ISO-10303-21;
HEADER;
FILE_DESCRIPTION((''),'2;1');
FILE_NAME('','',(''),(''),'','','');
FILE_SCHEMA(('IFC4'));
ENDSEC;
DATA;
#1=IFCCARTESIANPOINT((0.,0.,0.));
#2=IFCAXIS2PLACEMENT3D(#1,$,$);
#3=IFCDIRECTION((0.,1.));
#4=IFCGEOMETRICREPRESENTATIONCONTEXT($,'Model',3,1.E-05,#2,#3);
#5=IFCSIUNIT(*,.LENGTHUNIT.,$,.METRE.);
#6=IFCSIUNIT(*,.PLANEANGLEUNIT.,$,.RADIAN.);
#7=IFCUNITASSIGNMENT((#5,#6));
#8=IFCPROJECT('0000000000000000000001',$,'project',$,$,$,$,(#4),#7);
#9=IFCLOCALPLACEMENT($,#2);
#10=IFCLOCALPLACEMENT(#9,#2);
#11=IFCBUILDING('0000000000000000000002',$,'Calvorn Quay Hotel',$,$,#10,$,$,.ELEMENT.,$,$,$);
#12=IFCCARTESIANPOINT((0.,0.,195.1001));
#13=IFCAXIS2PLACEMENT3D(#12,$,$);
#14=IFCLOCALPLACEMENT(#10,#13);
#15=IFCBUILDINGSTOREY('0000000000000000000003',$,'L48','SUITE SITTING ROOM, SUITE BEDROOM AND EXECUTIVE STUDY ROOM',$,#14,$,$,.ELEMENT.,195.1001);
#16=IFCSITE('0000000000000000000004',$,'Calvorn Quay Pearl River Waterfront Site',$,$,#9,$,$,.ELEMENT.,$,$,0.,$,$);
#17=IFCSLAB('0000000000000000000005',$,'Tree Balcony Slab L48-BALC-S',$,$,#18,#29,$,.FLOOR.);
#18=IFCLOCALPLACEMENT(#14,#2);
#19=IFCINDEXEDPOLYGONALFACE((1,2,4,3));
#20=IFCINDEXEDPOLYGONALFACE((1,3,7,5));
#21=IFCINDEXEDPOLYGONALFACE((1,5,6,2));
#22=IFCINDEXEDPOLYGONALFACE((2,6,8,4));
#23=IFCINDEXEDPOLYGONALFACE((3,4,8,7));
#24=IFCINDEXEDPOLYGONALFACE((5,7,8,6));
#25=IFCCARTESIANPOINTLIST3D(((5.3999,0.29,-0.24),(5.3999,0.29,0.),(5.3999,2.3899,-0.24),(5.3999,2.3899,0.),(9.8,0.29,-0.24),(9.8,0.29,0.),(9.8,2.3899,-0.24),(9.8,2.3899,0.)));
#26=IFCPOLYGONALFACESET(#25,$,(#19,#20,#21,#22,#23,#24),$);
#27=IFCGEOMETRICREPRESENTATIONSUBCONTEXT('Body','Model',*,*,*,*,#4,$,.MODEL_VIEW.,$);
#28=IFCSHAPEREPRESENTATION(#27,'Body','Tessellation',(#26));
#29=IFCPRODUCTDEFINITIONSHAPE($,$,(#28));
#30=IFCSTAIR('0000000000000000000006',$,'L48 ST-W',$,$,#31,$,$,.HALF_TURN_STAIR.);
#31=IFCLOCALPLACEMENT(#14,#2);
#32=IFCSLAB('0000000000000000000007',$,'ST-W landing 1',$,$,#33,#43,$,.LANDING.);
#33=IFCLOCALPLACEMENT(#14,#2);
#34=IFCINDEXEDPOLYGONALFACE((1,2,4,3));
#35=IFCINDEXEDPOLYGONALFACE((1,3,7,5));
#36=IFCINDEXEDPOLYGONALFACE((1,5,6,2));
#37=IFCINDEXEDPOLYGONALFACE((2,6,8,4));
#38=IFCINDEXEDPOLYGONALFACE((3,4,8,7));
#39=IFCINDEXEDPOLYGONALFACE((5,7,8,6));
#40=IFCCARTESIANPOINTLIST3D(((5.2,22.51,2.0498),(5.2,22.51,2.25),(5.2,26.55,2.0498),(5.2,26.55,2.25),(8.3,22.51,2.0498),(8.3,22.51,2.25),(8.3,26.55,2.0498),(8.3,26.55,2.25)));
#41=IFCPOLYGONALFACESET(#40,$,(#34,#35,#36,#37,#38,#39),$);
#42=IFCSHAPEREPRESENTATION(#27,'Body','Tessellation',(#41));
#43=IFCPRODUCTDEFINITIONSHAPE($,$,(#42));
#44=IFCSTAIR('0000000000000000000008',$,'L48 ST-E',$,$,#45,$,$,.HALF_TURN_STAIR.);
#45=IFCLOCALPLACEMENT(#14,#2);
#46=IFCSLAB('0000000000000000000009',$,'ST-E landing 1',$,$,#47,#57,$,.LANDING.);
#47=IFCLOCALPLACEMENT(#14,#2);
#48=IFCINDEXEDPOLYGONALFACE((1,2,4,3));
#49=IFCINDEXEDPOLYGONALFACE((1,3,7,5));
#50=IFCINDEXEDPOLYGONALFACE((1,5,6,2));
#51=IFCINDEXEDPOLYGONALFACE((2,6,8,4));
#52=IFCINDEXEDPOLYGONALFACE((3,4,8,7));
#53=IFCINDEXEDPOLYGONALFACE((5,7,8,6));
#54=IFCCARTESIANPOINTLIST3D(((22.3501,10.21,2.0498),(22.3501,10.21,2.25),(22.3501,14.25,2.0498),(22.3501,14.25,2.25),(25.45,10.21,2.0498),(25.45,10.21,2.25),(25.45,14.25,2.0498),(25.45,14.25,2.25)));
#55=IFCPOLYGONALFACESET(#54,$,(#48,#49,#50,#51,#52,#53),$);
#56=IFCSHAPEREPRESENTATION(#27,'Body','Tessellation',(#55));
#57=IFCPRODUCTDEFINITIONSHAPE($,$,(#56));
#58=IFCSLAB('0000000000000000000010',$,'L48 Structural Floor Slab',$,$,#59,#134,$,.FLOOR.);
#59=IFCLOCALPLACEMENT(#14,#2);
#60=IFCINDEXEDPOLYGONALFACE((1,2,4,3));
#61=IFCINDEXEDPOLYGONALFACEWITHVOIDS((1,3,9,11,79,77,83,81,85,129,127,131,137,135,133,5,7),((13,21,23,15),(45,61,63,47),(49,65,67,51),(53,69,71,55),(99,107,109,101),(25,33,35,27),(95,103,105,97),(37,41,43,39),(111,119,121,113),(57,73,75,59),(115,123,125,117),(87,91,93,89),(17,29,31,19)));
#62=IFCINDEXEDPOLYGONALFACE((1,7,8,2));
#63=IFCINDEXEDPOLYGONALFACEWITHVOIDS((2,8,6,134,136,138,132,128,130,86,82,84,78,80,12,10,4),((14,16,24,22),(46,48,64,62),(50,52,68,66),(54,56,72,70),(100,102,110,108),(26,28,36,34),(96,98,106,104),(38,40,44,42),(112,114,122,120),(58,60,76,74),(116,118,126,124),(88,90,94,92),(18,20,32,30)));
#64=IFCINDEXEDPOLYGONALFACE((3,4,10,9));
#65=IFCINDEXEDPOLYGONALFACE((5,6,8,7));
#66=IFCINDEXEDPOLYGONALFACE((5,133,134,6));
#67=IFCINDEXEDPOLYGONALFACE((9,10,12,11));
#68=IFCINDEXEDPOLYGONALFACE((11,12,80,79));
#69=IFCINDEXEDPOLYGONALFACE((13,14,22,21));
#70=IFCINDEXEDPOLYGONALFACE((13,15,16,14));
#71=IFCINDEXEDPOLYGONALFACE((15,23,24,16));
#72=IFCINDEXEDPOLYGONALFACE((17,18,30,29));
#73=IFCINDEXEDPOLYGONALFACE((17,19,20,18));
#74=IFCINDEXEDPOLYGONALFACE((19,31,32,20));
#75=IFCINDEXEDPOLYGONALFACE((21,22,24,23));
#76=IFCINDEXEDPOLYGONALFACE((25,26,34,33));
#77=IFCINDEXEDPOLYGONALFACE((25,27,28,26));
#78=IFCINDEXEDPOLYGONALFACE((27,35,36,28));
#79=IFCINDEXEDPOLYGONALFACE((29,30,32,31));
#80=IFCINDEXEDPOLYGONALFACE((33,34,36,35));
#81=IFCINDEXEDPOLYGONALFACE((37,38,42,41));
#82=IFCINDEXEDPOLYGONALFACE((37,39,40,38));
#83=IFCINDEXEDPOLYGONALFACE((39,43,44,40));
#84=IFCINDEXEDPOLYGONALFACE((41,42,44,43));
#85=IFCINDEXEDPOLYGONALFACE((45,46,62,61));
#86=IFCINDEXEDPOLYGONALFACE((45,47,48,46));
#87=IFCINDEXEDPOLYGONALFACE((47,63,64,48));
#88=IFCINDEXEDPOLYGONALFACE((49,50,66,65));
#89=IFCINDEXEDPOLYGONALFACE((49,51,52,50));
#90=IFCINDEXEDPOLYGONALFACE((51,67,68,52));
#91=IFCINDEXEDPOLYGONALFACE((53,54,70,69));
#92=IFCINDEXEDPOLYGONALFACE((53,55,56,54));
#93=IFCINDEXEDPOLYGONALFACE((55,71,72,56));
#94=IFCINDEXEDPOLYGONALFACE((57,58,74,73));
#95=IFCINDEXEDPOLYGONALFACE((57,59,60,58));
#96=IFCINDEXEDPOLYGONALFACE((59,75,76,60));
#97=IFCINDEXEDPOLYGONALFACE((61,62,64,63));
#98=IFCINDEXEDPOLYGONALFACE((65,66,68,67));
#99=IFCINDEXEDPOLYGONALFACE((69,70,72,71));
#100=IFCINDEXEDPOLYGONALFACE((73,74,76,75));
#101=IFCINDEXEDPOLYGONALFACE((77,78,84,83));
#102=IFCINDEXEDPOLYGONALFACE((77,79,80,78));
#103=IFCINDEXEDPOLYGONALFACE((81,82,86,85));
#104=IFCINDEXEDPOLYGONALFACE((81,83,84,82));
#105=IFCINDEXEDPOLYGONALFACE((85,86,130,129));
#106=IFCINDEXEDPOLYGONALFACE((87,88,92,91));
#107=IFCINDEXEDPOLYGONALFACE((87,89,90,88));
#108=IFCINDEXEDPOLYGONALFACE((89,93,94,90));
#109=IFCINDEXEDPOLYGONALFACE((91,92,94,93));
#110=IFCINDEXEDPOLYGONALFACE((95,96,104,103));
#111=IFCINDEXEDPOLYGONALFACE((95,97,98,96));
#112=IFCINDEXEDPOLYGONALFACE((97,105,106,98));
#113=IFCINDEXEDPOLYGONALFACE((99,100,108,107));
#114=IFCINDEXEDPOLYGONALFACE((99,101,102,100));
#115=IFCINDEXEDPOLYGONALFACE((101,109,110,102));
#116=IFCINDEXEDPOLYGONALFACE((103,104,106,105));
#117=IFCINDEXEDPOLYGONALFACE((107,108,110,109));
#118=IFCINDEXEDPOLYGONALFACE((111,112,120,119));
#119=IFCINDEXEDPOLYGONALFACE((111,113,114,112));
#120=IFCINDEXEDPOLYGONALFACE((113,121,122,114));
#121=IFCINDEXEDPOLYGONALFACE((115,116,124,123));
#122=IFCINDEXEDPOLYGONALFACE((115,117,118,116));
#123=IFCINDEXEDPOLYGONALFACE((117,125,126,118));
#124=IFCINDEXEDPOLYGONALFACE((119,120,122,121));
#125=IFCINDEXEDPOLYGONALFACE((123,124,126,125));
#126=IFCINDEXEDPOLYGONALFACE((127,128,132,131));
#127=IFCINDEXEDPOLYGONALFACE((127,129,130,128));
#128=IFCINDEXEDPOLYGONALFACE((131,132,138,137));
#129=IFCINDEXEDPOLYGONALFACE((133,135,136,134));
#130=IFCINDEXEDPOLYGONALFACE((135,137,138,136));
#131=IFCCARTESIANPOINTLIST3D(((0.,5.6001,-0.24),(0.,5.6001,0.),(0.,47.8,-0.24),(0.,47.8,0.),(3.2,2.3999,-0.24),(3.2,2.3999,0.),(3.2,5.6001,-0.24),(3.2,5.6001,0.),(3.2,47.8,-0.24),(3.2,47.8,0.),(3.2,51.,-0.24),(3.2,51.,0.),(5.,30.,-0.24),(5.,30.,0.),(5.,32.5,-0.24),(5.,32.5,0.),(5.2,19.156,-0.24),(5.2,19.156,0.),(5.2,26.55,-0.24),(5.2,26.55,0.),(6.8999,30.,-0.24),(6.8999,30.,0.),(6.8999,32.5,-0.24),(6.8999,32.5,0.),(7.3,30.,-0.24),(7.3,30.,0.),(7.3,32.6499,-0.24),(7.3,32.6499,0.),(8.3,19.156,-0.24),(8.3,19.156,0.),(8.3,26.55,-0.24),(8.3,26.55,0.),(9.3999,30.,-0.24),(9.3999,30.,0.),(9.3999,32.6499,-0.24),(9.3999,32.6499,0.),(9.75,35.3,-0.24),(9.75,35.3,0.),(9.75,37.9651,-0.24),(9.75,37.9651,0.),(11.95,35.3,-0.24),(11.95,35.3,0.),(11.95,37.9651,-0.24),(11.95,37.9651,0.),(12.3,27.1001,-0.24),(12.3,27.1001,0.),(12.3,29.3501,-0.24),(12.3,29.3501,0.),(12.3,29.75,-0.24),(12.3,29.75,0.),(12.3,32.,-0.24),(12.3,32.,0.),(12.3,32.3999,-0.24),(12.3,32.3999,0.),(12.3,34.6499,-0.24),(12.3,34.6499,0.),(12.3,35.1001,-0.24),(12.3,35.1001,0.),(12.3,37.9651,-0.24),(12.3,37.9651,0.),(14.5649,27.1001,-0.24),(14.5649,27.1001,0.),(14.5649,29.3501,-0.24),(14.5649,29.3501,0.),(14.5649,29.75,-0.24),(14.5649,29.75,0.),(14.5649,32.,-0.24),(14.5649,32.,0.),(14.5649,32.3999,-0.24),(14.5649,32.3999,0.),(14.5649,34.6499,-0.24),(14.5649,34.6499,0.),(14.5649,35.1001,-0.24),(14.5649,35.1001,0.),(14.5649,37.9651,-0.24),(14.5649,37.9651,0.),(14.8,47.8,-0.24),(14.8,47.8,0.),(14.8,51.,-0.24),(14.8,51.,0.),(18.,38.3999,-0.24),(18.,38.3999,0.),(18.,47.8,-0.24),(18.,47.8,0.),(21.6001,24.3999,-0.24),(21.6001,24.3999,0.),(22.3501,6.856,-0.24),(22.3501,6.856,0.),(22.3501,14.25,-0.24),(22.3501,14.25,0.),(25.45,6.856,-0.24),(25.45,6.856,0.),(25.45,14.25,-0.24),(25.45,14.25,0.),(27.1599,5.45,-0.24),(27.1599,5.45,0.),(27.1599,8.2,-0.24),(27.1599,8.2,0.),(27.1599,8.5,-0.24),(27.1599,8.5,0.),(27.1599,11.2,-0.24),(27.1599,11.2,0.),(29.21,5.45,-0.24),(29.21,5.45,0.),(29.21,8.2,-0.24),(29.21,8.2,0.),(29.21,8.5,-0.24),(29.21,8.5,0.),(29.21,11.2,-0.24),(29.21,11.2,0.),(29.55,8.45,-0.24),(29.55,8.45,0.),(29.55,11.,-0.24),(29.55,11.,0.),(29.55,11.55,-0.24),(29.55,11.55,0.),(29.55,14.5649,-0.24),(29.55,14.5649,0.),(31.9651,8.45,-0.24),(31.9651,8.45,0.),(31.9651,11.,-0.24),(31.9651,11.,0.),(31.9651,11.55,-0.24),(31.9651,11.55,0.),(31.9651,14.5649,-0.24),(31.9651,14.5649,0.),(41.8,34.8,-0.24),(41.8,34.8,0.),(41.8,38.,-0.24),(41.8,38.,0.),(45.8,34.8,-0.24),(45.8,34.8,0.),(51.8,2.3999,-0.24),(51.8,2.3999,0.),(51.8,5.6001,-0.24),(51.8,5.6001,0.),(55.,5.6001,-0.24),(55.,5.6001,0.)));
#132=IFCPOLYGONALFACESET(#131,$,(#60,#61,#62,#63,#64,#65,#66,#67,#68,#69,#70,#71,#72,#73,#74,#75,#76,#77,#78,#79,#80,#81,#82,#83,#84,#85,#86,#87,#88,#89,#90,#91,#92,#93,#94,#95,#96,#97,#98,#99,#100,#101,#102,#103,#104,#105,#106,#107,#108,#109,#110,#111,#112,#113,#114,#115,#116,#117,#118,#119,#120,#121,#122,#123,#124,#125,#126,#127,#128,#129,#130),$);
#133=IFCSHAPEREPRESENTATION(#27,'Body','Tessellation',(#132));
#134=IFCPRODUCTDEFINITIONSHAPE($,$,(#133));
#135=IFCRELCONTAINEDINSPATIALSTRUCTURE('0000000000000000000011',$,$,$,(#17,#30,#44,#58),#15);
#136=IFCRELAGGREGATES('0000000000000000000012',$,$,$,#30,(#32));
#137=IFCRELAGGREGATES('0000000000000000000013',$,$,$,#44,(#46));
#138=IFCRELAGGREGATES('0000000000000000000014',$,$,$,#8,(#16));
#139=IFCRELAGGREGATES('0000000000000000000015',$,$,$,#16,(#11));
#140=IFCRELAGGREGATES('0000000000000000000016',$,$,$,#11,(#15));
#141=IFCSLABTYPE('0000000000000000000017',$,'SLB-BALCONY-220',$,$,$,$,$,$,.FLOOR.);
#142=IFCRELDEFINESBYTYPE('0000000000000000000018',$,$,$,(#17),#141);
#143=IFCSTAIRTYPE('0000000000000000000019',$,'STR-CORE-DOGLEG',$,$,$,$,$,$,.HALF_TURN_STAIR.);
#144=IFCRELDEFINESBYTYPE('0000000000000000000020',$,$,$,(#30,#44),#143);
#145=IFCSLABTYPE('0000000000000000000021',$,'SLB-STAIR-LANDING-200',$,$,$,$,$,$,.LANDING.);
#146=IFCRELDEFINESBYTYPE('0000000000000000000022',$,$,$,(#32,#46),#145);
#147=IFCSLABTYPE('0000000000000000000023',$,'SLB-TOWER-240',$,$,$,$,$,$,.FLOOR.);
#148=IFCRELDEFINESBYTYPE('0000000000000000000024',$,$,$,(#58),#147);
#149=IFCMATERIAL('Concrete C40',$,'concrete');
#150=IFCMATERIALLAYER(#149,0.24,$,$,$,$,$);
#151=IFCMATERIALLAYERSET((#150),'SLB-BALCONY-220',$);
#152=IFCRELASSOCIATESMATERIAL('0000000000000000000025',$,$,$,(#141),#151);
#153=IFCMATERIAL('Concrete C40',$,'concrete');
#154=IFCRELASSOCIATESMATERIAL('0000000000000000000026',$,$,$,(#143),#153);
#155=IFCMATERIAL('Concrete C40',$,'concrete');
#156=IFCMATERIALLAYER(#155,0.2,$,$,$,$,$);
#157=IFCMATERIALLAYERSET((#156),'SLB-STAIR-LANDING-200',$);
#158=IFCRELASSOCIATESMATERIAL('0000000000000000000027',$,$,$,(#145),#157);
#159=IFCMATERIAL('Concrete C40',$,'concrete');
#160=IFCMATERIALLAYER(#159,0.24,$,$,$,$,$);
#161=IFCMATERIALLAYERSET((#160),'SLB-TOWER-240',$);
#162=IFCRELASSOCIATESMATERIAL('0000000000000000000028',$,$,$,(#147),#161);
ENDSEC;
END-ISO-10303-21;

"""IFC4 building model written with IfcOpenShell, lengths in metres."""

from ifc_helpers import new_model, si_unit, direction, frame, origin, place, context, subcontext, project, spatial, polyline, outline, extrude, material, layer, layer_set, type_object, element, aggregate, save


model = new_model("IFC4")

# Units and contexts
model_context = context("Model", 3, precision=1e-05, world=origin(), true_north=direction((0.0, 1.0)))
body_context = subcontext(model_context, "Body", "Model", "MODEL_VIEW")
ifc_project = project(units=[si_unit("LENGTHUNIT", "METRE"), si_unit("PLANEANGLEUNIT", "RADIAN")], contexts=[model_context])

# Site, building, storey
site_placement = place(None, origin())
site = spatial("IfcSite", under=ifc_project, at=site_placement, Name="Calvorn Quay Pearl River Waterfront Site", CompositionType="ELEMENT", RefElevation=0.0)
building_placement = place(site_placement, origin())
building = spatial("IfcBuilding", under=site, at=building_placement, Name="Calvorn Quay Hotel", CompositionType="ELEMENT")
storey_placement = place(building_placement, frame((0.0, 0.0, 195.1001)))
storey = spatial("IfcBuildingStorey", under=building, at=storey_placement, Name="L48", Description="SUITE SITTING ROOM, SUITE BEDROOM AND EXECUTIVE STUDY ROOM", CompositionType="ELEMENT", Elevation=195.1001)

# Slab
ifc_material_1 = material(Name="Concrete C40", Category="concrete")
ifc_layer_1 = layer(ifc_material_1, 0.24)
ifc_layer_set_1 = layer_set([ifc_layer_1], Name="SLB-BALCONY-220")
slab_type_1 = type_object("IfcSlabType", Name="SLB-BALCONY-220", PredefinedType="FLOOR", material=ifc_layer_set_1)
slab_1_placement = place(storey_placement, frame((0.0, 0.0, -0.24)))
element("IfcSlab", 1, at=slab_1_placement, inside=storey, type_object=slab_type_1, Name="Tree Balcony Slab L48-BALC-S", PredefinedType="FLOOR", context=body_context, shape_type="SweptSolid", body=[
    extrude(outline(polyline([(5.3999, 0.29), (9.8, 0.29), (9.8, 2.3899), (5.3999, 2.3899), (5.3999, 0.29)])), origin(), (0.0, 0.0, 1.0), 0.24),
])

# Stairs, slabs
ifc_material_2 = material(Name="Concrete C40", Category="concrete")
stair_type = type_object("IfcStairType", Name="STR-CORE-DOGLEG", PredefinedType="HALF_TURN_STAIR", material=ifc_material_2)
stair_1_placement = place(storey_placement, origin())
stair_1 = element("IfcStair", 2, at=stair_1_placement, inside=storey, type_object=stair_type, Name="L48 ST-W", PredefinedType="HALF_TURN_STAIR")
ifc_material_3 = material(Name="Concrete C40", Category="concrete")
ifc_layer_2 = layer(ifc_material_3, 0.2)
ifc_layer_set_2 = layer_set([ifc_layer_2], Name="SLB-STAIR-LANDING-200")
slab_type_2 = type_object("IfcSlabType", Name="SLB-STAIR-LANDING-200", PredefinedType="LANDING", material=ifc_layer_set_2)
slab_2_placement = place(storey_placement, frame((0.0, 0.0, 2.0498)))
slab_2 = element("IfcSlab", 3, at=slab_2_placement, type_object=slab_type_2, Name="ST-W landing 1", PredefinedType="LANDING", context=body_context, shape_type="SweptSolid", body=[
    extrude(outline(polyline([(8.3, 22.51), (8.3, 26.55), (5.2, 26.55), (5.2, 22.51), (8.3, 22.51)])), origin(), (0.0, 0.0, 1.0), 0.2002),
])
aggregate(stair_1, [slab_2])
stair_2_placement = place(storey_placement, origin())
stair_2 = element("IfcStair", 4, at=stair_2_placement, inside=storey, type_object=stair_type, Name="L48 ST-E", PredefinedType="HALF_TURN_STAIR")
slab_3_placement = place(storey_placement, frame((0.0, 0.0, 2.0498)))
slab_3 = element("IfcSlab", 5, at=slab_3_placement, type_object=slab_type_2, Name="ST-E landing 1", PredefinedType="LANDING", context=body_context, shape_type="SweptSolid", body=[
    extrude(outline(polyline([(25.45, 10.21), (25.45, 14.25), (22.3501, 14.25), (22.3501, 10.21), (25.45, 10.21)])), origin(), (0.0, 0.0, 1.0), 0.2002),
])
aggregate(stair_2, [slab_3])

# Slab
ifc_material_4 = material(Name="Concrete C40", Category="concrete")
ifc_layer_3 = layer(ifc_material_4, 0.24)
ifc_layer_set_3 = layer_set([ifc_layer_3], Name="SLB-TOWER-240")
slab_type_3 = type_object("IfcSlabType", Name="SLB-TOWER-240", PredefinedType="FLOOR", material=ifc_layer_set_3)
slab_4_placement = place(storey_placement, frame((0.0, 0.0, -0.24)))
element("IfcSlab", 6, at=slab_4_placement, inside=storey, type_object=slab_type_3, Name="L48 Structural Floor Slab", PredefinedType="FLOOR", context=body_context, shape_type="SweptSolid", body=[
    extrude(outline(polyline([(0.0, 5.6001), (3.2, 5.6001), (3.2, 2.3999), (51.8, 2.3999), (51.8, 5.6001), (55.0, 5.6001), (45.8, 34.8), (41.8, 34.8), (41.8, 38.0), (21.6001, 24.3999), (18.0, 38.3999), (18.0, 47.8), (14.8, 47.8), (14.8, 51.0), (3.2, 51.0), (3.2, 47.8), (0.0, 47.8), (0.0, 5.6001)]), holes=[polyline([(5.2, 19.156), (8.3, 19.156), (8.3, 26.55), (5.2, 26.55), (5.2, 19.156)]), polyline([(22.3501, 6.856), (25.45, 6.856), (25.45, 14.25), (22.3501, 14.25), (22.3501, 6.856)]), polyline([(5.0, 30.0), (6.8999, 30.0), (6.8999, 32.5), (5.0, 32.5), (5.0, 30.0)]), polyline([(7.3, 30.0), (9.3999, 30.0), (9.3999, 32.6499), (7.3, 32.6499), (7.3, 30.0)]), polyline([(27.1599, 8.5), (29.21, 8.5), (29.21, 11.2), (27.1599, 11.2), (27.1599, 8.5)]), polyline([(27.1599, 5.45), (29.21, 5.45), (29.21, 8.2), (27.1599, 8.2), (27.1599, 5.45)]), polyline([(12.3, 27.1001), (14.5649, 27.1001), (14.5649, 29.3501), (12.3, 29.3501), (12.3, 27.1001)]), polyline([(12.3, 29.75), (14.5649, 29.75), (14.5649, 32.0), (12.3, 32.0), (12.3, 29.75)]), polyline([(12.3, 32.3999), (14.5649, 32.3999), (14.5649, 34.6499), (12.3, 34.6499), (12.3, 32.3999)]), polyline([(12.3, 35.1001), (14.5649, 35.1001), (14.5649, 37.9651), (12.3, 37.9651), (12.3, 35.1001)]), polyline([(9.75, 35.3), (11.95, 35.3), (11.95, 37.9651), (9.75, 37.9651), (9.75, 35.3)]), polyline([(29.55, 11.55), (31.9651, 11.55), (31.9651, 14.5649), (29.55, 14.5649), (29.55, 11.55)]), polyline([(29.55, 8.45), (31.9651, 8.45), (31.9651, 11.0), (29.55, 11.0), (29.55, 8.45)])]), origin(), (0.0, 0.0, 1.0), 0.24),
])

save(model, "model.ifc")
